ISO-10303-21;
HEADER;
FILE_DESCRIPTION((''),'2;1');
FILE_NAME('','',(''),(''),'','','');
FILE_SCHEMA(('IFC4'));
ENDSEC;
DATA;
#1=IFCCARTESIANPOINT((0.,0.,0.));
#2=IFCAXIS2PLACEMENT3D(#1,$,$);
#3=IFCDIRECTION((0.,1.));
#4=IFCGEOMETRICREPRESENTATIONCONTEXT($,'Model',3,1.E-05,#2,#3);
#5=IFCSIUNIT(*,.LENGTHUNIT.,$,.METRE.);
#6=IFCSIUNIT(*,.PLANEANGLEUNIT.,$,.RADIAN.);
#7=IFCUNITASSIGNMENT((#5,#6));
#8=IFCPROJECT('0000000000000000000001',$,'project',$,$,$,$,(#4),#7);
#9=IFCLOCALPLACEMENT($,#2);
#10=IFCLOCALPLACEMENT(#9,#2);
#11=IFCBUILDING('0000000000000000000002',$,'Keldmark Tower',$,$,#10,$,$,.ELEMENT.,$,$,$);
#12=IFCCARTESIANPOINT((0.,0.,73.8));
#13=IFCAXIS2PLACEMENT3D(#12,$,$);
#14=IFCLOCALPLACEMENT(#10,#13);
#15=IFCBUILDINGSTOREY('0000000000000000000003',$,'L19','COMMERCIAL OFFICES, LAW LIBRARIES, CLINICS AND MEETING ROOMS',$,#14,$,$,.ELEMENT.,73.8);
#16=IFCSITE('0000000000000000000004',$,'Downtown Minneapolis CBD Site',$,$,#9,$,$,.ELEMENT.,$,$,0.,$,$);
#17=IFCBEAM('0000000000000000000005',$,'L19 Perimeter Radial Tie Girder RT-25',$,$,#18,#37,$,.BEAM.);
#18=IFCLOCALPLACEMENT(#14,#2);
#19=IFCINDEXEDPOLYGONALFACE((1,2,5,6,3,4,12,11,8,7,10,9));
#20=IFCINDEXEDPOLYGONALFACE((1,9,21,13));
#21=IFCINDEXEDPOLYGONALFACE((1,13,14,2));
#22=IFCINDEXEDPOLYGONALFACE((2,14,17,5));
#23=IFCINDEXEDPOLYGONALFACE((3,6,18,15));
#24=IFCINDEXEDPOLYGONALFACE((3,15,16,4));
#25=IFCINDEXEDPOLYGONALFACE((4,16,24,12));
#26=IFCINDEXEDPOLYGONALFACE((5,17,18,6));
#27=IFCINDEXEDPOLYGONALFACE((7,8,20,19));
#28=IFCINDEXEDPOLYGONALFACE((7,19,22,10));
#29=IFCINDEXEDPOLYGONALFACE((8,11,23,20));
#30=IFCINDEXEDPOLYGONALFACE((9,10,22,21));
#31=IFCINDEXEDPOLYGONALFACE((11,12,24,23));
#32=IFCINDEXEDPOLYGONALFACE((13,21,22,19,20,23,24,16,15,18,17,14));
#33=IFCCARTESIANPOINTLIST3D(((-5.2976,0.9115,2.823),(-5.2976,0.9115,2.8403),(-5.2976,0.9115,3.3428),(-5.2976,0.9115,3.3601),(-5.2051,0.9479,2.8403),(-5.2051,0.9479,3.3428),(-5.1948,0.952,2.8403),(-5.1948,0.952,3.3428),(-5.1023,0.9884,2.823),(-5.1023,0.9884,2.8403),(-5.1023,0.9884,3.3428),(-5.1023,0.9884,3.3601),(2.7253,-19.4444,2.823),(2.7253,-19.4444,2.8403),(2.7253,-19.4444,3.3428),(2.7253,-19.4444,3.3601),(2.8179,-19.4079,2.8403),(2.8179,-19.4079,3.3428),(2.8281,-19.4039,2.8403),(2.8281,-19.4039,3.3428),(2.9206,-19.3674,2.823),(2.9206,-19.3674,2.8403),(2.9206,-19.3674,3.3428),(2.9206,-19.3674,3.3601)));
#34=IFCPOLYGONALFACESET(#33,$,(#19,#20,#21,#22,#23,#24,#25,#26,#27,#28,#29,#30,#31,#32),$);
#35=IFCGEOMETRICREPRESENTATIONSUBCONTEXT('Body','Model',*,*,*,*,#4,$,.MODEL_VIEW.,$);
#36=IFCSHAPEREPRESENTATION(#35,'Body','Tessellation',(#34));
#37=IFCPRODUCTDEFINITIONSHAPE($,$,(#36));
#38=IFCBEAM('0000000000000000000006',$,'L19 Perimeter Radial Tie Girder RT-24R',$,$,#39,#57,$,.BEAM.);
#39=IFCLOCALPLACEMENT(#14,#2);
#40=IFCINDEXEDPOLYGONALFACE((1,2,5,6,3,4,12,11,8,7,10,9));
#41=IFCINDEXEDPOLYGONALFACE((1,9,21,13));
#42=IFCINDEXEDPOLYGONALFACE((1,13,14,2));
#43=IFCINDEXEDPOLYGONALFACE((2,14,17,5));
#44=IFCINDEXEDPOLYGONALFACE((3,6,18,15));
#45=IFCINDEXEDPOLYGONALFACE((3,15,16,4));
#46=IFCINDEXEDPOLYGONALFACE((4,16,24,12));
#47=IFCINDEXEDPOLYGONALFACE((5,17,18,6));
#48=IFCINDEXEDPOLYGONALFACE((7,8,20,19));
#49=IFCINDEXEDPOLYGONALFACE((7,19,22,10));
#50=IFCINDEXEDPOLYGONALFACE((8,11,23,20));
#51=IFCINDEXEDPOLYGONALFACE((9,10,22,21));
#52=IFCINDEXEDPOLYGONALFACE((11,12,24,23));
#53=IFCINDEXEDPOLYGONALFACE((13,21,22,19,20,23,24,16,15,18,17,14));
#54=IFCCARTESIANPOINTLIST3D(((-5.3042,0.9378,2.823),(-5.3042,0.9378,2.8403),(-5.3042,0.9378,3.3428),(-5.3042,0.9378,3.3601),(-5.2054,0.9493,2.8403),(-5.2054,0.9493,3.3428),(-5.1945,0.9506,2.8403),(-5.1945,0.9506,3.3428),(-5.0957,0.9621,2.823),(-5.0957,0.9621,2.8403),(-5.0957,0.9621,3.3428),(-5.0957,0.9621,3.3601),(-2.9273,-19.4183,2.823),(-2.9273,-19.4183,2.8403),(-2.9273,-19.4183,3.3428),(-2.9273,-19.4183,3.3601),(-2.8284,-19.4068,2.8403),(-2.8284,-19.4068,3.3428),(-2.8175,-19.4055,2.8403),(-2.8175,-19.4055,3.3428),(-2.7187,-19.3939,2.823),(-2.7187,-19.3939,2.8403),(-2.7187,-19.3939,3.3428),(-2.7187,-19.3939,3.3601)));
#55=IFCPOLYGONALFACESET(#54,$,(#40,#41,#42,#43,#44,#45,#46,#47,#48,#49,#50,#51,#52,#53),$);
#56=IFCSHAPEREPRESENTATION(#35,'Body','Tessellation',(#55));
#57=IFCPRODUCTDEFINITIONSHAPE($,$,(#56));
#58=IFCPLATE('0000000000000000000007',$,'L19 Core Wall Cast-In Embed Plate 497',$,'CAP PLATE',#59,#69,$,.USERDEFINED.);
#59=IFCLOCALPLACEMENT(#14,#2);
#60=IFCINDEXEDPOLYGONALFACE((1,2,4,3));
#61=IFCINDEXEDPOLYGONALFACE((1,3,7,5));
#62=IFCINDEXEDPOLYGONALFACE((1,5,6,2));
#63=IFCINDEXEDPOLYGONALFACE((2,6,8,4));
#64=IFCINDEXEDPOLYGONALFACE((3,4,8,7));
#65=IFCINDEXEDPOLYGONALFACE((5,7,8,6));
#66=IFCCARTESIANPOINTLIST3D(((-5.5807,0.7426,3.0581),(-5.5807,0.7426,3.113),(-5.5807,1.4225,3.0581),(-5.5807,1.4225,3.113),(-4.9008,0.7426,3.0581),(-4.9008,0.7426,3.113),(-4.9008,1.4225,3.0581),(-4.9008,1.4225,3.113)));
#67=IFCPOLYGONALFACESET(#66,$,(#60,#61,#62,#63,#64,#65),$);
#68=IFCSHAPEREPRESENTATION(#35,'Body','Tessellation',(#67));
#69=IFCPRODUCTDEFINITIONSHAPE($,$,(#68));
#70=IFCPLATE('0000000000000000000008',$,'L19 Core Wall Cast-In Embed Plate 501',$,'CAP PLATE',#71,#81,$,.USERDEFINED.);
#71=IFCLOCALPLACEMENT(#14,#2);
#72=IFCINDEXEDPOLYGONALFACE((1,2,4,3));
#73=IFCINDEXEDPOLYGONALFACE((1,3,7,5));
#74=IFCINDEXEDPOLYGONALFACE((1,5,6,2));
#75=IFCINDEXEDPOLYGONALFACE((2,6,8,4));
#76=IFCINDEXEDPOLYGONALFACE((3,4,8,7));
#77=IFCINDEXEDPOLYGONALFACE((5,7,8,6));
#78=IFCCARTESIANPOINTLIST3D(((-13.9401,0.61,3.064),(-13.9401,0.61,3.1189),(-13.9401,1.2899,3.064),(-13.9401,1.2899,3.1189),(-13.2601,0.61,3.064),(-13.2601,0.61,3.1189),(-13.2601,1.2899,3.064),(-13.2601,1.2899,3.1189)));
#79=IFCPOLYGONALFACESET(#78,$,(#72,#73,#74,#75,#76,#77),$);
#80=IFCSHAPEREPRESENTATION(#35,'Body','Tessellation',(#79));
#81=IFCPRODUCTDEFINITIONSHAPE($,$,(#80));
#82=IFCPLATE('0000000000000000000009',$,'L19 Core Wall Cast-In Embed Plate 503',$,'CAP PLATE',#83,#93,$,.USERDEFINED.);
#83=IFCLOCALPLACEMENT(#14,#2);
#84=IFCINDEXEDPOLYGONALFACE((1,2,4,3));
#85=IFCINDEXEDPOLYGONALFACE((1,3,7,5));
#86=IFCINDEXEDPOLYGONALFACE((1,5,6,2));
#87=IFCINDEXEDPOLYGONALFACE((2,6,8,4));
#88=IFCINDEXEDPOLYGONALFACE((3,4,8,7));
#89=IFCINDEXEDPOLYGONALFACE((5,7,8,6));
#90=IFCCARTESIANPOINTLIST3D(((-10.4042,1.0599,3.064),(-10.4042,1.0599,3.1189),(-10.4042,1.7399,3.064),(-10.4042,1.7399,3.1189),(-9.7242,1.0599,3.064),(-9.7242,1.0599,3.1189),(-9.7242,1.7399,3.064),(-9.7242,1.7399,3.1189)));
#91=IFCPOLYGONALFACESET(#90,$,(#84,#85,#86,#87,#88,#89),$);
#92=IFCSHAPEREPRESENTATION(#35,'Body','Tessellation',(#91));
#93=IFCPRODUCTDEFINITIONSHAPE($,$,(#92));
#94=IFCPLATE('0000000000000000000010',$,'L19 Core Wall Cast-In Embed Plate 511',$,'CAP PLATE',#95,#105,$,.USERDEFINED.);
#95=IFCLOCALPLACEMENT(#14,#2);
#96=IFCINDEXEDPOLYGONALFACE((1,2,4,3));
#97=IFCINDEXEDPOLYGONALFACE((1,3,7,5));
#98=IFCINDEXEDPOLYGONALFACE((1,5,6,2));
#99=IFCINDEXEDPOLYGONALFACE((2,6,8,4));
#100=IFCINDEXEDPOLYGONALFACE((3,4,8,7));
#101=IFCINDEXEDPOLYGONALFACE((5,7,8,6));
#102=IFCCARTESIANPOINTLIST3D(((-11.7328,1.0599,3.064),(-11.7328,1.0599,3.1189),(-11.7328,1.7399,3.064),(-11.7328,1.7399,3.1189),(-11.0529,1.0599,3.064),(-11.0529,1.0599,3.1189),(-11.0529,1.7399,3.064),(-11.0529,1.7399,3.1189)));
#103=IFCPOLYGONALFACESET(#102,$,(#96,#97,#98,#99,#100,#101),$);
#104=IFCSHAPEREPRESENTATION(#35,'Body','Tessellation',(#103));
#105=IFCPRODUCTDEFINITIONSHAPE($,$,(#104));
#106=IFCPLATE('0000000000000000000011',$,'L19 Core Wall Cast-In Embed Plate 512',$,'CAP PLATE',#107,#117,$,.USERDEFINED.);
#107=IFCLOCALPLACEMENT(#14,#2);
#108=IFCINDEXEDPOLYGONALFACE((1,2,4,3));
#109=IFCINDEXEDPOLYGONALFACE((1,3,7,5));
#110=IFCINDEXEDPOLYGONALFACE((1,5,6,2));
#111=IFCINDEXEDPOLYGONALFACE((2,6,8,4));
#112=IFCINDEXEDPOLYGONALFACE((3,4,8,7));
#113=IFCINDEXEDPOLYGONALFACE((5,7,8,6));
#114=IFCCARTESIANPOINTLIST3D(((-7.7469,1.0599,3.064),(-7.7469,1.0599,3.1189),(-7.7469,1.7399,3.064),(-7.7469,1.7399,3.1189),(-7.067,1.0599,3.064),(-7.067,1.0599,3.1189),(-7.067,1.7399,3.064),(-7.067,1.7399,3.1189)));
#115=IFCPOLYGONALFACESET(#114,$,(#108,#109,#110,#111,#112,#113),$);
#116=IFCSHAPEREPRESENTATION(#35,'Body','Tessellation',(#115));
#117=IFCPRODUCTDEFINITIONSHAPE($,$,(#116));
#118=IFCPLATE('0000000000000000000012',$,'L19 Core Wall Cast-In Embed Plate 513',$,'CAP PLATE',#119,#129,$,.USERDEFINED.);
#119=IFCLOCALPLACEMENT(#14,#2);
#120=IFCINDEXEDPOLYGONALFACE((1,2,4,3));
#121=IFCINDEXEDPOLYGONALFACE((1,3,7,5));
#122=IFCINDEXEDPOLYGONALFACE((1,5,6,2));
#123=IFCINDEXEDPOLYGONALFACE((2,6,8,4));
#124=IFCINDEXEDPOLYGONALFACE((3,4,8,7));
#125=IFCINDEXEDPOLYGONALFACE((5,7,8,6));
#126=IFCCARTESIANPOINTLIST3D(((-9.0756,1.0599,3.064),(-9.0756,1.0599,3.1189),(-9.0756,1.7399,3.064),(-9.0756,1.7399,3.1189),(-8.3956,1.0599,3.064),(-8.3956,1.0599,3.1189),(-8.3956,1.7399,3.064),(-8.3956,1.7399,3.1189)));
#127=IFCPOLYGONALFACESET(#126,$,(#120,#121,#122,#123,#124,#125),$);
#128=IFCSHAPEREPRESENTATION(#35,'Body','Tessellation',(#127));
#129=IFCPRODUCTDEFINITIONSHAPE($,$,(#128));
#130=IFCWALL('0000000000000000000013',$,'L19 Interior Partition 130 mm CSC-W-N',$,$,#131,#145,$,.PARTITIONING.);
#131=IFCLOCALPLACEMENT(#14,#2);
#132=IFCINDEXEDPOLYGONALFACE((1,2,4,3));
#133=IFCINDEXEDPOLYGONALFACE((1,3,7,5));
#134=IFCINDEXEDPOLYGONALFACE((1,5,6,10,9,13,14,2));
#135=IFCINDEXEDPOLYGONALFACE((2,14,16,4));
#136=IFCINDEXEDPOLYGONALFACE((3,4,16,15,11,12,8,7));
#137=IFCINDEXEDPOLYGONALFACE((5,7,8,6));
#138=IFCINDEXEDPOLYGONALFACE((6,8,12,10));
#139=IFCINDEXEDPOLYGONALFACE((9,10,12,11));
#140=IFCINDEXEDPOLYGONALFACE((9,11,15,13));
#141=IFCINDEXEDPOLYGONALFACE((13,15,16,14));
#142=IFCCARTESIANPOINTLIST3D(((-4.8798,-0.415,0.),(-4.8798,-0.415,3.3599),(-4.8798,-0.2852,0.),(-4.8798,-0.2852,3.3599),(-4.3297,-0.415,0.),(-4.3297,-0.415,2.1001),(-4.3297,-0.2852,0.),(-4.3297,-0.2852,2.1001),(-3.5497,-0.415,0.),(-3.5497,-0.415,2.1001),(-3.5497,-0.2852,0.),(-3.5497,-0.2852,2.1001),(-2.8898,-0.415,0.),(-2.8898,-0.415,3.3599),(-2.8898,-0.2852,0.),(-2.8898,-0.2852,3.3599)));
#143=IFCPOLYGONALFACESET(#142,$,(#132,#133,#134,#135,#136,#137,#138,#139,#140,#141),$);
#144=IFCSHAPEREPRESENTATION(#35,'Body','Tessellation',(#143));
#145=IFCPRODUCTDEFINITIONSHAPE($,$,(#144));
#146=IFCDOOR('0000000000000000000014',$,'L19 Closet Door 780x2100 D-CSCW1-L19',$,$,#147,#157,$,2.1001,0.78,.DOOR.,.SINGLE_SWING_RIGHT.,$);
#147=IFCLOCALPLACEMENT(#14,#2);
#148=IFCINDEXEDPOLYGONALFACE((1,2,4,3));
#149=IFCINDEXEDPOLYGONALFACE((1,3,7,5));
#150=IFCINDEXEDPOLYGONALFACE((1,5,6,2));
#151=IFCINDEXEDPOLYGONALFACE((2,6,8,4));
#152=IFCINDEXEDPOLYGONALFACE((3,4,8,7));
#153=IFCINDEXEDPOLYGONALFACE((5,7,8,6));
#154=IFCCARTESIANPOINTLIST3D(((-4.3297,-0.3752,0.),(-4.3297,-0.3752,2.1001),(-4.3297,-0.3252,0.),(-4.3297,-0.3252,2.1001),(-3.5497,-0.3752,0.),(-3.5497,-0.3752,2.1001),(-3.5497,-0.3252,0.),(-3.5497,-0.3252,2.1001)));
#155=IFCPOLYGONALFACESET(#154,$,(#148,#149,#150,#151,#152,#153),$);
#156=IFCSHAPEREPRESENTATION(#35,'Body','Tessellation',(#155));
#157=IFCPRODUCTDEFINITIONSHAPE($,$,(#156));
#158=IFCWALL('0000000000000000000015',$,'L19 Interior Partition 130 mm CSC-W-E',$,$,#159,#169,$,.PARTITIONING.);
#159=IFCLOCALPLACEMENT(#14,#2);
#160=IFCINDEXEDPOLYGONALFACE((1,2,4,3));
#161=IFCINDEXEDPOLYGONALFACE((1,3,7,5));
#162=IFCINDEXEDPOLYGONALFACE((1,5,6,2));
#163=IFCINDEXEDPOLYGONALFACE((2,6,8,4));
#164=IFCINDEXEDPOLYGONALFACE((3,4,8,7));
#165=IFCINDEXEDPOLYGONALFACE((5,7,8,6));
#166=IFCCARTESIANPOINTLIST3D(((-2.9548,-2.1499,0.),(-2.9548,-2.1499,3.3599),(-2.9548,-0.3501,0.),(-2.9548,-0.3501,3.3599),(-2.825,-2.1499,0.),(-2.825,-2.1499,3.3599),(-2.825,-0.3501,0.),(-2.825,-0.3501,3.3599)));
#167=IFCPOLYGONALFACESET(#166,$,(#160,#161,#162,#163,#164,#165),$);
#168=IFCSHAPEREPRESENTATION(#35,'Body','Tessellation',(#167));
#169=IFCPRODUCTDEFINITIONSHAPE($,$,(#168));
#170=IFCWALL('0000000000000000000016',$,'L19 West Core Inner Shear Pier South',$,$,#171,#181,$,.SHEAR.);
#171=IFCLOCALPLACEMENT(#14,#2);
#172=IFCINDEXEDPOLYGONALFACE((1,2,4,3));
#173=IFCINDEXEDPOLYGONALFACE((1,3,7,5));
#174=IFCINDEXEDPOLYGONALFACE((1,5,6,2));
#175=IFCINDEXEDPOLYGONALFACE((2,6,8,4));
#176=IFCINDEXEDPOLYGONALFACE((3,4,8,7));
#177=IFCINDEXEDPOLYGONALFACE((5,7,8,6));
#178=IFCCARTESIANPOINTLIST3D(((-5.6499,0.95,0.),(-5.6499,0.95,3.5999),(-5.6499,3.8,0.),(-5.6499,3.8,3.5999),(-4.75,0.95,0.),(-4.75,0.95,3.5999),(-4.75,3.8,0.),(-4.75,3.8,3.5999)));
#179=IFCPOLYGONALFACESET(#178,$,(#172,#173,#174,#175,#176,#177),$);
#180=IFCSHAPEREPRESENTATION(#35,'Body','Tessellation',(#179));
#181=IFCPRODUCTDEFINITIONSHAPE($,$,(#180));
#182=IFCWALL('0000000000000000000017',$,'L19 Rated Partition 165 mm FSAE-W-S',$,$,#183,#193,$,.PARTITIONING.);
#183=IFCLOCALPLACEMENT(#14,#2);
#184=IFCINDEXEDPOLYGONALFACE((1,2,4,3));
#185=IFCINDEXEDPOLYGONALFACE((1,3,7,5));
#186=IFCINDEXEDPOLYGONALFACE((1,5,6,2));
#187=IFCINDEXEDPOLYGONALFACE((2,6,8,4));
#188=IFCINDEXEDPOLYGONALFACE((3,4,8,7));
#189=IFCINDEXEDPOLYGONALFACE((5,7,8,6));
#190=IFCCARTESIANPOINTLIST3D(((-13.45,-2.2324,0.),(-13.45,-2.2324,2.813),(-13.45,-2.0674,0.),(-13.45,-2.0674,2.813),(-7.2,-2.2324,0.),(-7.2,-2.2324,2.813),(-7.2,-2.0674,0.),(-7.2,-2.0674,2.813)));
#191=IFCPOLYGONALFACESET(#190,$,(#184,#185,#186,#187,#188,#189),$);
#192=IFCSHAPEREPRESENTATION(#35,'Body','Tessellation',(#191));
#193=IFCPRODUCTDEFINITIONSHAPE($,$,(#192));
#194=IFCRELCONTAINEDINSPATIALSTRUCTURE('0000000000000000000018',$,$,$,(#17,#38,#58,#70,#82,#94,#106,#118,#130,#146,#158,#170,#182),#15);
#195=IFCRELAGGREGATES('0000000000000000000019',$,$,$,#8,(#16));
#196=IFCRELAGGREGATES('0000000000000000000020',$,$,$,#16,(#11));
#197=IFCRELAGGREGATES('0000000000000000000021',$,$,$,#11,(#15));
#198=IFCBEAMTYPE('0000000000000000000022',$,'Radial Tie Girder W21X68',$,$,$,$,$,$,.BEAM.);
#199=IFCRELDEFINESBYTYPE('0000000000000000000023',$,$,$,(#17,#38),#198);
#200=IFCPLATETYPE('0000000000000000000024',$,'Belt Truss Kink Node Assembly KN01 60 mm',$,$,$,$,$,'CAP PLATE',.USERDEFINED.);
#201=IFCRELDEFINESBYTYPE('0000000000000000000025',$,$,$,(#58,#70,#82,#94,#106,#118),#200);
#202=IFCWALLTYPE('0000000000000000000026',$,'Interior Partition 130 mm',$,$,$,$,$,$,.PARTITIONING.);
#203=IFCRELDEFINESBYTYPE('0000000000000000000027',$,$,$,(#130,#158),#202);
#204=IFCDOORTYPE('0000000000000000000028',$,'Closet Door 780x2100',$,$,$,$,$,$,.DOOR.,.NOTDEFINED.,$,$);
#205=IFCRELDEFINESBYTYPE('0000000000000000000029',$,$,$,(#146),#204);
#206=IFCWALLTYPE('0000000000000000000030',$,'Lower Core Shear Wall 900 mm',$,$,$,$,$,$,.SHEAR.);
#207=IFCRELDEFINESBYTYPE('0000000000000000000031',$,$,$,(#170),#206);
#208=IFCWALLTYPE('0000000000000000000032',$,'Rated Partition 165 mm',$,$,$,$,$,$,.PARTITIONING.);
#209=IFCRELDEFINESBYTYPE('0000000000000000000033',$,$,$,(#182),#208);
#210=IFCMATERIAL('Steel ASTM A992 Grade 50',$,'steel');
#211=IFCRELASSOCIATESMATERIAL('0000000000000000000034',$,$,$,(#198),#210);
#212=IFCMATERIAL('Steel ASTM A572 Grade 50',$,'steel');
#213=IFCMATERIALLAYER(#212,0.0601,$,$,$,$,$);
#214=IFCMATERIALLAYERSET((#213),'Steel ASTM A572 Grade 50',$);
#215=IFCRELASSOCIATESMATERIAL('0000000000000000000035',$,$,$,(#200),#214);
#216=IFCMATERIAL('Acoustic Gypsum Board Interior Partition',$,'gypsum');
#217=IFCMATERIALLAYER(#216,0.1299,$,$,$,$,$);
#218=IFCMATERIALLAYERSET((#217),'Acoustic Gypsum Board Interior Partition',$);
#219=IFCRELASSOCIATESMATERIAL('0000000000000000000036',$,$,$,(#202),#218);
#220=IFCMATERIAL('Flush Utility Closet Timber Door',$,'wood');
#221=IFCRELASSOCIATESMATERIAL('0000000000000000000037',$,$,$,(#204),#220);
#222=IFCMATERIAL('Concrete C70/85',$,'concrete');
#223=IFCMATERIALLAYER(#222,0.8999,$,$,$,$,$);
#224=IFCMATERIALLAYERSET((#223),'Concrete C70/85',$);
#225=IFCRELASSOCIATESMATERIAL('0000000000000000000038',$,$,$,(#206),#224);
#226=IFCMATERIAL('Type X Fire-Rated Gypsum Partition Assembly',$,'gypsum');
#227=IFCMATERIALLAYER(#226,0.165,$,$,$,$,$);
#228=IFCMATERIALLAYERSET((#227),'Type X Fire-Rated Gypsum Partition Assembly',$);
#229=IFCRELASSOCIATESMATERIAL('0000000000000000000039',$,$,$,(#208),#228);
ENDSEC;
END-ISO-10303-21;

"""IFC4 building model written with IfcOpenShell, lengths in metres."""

from ifc_helpers import new_model, si_unit, direction, frame, frame_2d, origin, origin_2d, place, context, subcontext, project, spatial, rectangle, i_section, extrude, material, layer, layer_set, material_profile, profile_set, type_object, element, fill, save


model = new_model("IFC4")

# Units and contexts
model_context = context("Model", 3, precision=1e-05, world=origin(), true_north=direction((0.0, 1.0)))
body_context = subcontext(model_context, "Body", "Model", "MODEL_VIEW")
ifc_project = project(units=[si_unit("LENGTHUNIT", "METRE"), si_unit("PLANEANGLEUNIT", "RADIAN")], contexts=[model_context])

# Site, building, storey
site_placement = place(None, origin())
site = spatial("IfcSite", under=ifc_project, at=site_placement, Name="Downtown Minneapolis CBD Site", CompositionType="ELEMENT", RefElevation=0.0)
building_placement = place(site_placement, origin())
building = spatial("IfcBuilding", under=site, at=building_placement, Name="Keldmark Tower", CompositionType="ELEMENT")
storey_placement = place(building_placement, frame((0.0, 0.0, 73.8)))
storey = spatial("IfcBuildingStorey", under=building, at=storey_placement, Name="L19", Description="COMMERCIAL OFFICES, LAW LIBRARIES, CLINICS AND MEETING ROOMS", CompositionType="ELEMENT", Elevation=73.8)

# Beams
ifc_material_1 = material(Name="Steel ASTM A992 Grade 50", Category="steel")
ifc_material_profile_1 = material_profile(ifc_material_1, i_section(OverallWidth=0.21, OverallDepth=0.5371, WebThickness=0.011, FlangeThickness=0.0173, at=origin_2d()), Name="W21X68")
ifc_profile_set_1 = profile_set([ifc_material_profile_1], Name="Steel ASTM A992 Grade 50")
beam_type_1 = type_object("IfcBeamType", Name="Radial Tie Girder W21X68", PredefinedType="BEAM", material=ifc_profile_set_1)
beam_1_placement = place(storey_placement, frame((-5.2, 0.95, 3.0916), z_axis=(0.36668, -0.930347, 0.0), x_axis=(0.930347, 0.36668, 0.0)))
element("IfcBeam", 1, at=beam_1_placement, inside=storey, type_object=beam_type_1, Name="L19 Perimeter Radial Tie Girder RT-25", PredefinedType="BEAM", context=body_context, shape_type="SweptSolid", body=[
    extrude(i_section(OverallWidth=0.21, OverallDepth=0.5371, WebThickness=0.011, FlangeThickness=0.0173, at=origin_2d()), origin(), (0.0, 0.0, 1.0), 21.8799),
])
beam_2_placement = place(storey_placement, frame((-5.2, 0.95, 3.0916), z_axis=(0.115981, -0.993251, 0.0), x_axis=(0.993251, 0.115981, 0.0)))
element("IfcBeam", 2, at=beam_2_placement, inside=storey, type_object=beam_type_1, Name="L19 Perimeter Radial Tie Girder RT-24R", PredefinedType="BEAM", context=body_context, shape_type="SweptSolid", body=[
    extrude(i_section(OverallWidth=0.21, OverallDepth=0.5371, WebThickness=0.011, FlangeThickness=0.0173, at=origin_2d()), origin(), (0.0, 0.0, 1.0), 20.4944),
])

# Plates
ifc_material_2 = material(Name="Steel ASTM A572 Grade 50", Category="steel")
ifc_layer_1 = layer(ifc_material_2, 0.0601)
ifc_layer_set_1 = layer_set([ifc_layer_1], Name="Steel ASTM A572 Grade 50")
plate_type = type_object("IfcPlateType", Name="Belt Truss Kink Node Assembly KN01 60 mm", ElementType="CAP PLATE", PredefinedType="USERDEFINED", material=ifc_layer_set_1)
for number, where, z_axis, x_axis, name in (
    (3, (-5.2407, 1.0825, 3.0581), (0.0, 0.0, 1.0), (1.0, 0.0, 0.0), "L19 Core Wall Cast-In Embed Plate 497"),
    (4, (-13.6001, 0.95, 3.064), (0.0, 0.0, 1.0), (1.0, 0.0, 0.0), "L19 Core Wall Cast-In Embed Plate 501"),
    (5, (-10.0642, 1.3999, 3.064), (0.0, 0.0, 1.0), (1.0, 0.0, 0.0), "L19 Core Wall Cast-In Embed Plate 503"),
    (6, (-11.3928, 1.3999, 3.064), (0.0, 0.0, 1.0), (1.0, 0.0, 0.0), "L19 Core Wall Cast-In Embed Plate 511"),
    (7, (-7.407, 1.3999, 3.064), (0.0, 0.0, 1.0), (1.0, 0.0, 0.0), "L19 Core Wall Cast-In Embed Plate 512"),
    (8, (-8.7356, 1.3999, 3.064), (0.0, 0.0, 1.0), (1.0, 0.0, 0.0), "L19 Core Wall Cast-In Embed Plate 513"),
):
    element("IfcPlate", number, at=place(storey_placement, frame(where, z_axis=z_axis, x_axis=x_axis)), inside=storey, type_object=plate_type, Name=name, ObjectType="CAP PLATE", PredefinedType="USERDEFINED", context=body_context, shape_type="SweptSolid", body=[
        extrude(rectangle(XDim=0.6799, YDim=0.6799, at=origin_2d()), origin(), (0.0, 0.0, 1.0), 0.0549),
    ])

# Wall, opening, door
ifc_material_3 = material(Name="Acoustic Gypsum Board Interior Partition", Category="gypsum")
ifc_layer_2 = layer(ifc_material_3, 0.1299)
ifc_layer_set_2 = layer_set([ifc_layer_2], Name="Acoustic Gypsum Board Interior Partition")
wall_type_1 = type_object("IfcWallType", Name="Interior Partition 130 mm", PredefinedType="PARTITIONING", material=ifc_layer_set_2)
wall_1_placement = place(storey_placement, frame((-4.8799, -0.3501, 0.0), z_axis=(0.0, 0.0, 1.0), x_axis=(1.0, 0.0, 0.0)))
wall_1 = element("IfcWall", 9, at=wall_1_placement, inside=storey, type_object=wall_type_1, Name="L19 Interior Partition 130 mm CSC-W-N", PredefinedType="PARTITIONING", context=body_context, shape_type="SweptSolid", body=[
    extrude(rectangle(XDim=1.99, YDim=0.1299, at=frame_2d((0.9951, 0.0))), origin(), (0.0, 0.0, 1.0), 3.3599),
])
opening_1_placement = place(wall_1_placement, frame((0.55, 0.0, 0.0)))
opening_1 = element("IfcOpeningElement", 10, at=opening_1_placement, cuts=wall_1, PredefinedType="OPENING", context=body_context, shape_type="SweptSolid", body=[
    extrude(rectangle(XDim=0.78, YDim=2.1001, at=frame_2d((0.3901, 1.05))), frame((0.0, 0.075, 0.0), z_axis=(0.0, -1.0, 0.0), x_axis=(1.0, 0.0, 0.0)), (0.0, 0.0, 1.0), 0.1499),
])
ifc_material_4 = material(Name="Flush Utility Closet Timber Door", Category="wood")
door_type_1 = type_object("IfcDoorType", Name="Closet Door 780x2100", OperationType="NOTDEFINED", PredefinedType="DOOR", material=ifc_material_4)
door_1_placement = place(opening_1_placement, origin())
door_1 = element("IfcDoor", 11, at=door_1_placement, inside=storey, type_object=door_type_1, Name="L19 Closet Door 780x2100 D-CSCW1-L19", OperationType="SINGLE_SWING_RIGHT", OverallHeight=2.1001, OverallWidth=0.78, PredefinedType="DOOR", context=body_context, shape_type="SweptSolid", body=[
    extrude(rectangle(XDim=0.78, YDim=2.1001, at=frame_2d((0.3901, 1.05))), frame((0.0, 0.0249, 0.0), z_axis=(0.0, -1.0, 0.0), x_axis=(1.0, 0.0, 0.0)), (0.0, 0.0, 1.0), 0.05),
])
fill(opening_1, door_1)

# Wall
wall_2_placement = place(storey_placement, frame((-2.8899, -2.1499, 0.0), z_axis=(0.0, 0.0, 1.0), x_axis=(0.0, 1.0, 0.0)))
element("IfcWall", 12, at=wall_2_placement, inside=storey, type_object=wall_type_1, Name="L19 Interior Partition 130 mm CSC-W-E", PredefinedType="PARTITIONING", context=body_context, shape_type="SweptSolid", body=[
    extrude(rectangle(XDim=1.7998, YDim=0.1299, at=frame_2d((0.8999, 0.0))), origin(), (0.0, 0.0, 1.0), 3.3599),
])

# Shared definitions
ifc_material_5 = material(Name="Concrete C70/85", Category="concrete")
ifc_layer_3 = layer(ifc_material_5, 0.8999)
ifc_layer_set_3 = layer_set([ifc_layer_3], Name="Concrete C70/85")
wall_type_2 = type_object("IfcWallType", Name="Lower Core Shear Wall 900 mm", PredefinedType="SHEAR", material=ifc_layer_set_3)

# Walls
wall_3_placement = place(storey_placement, frame((-5.2, 0.95, 0.0), z_axis=(0.0, 0.0, 1.0), x_axis=(0.0, 1.0, 0.0)))
element("IfcWall", 13, at=wall_3_placement, inside=storey, type_object=wall_type_2, Name="L19 West Core Inner Shear Pier South", PredefinedType="SHEAR", context=body_context, shape_type="SweptSolid", body=[
    extrude(rectangle(XDim=2.8501, YDim=0.8999, at=frame_2d((1.425, 0.0))), origin(), (0.0, 0.0, 1.0), 3.5999),
])
ifc_material_6 = material(Name="Type X Fire-Rated Gypsum Partition Assembly", Category="gypsum")
ifc_layer_4 = layer(ifc_material_6, 0.165)
ifc_layer_set_4 = layer_set([ifc_layer_4], Name="Type X Fire-Rated Gypsum Partition Assembly")
wall_type_3 = type_object("IfcWallType", Name="Rated Partition 165 mm", PredefinedType="PARTITIONING", material=ifc_layer_set_4)
wall_4_placement = place(storey_placement, frame((-13.45, -2.1499, 0.0), z_axis=(0.0, 0.0, 1.0), x_axis=(1.0, 0.0, 0.0)))
element("IfcWall", 14, at=wall_4_placement, inside=storey, type_object=wall_type_3, Name="L19 Rated Partition 165 mm FSAE-W-S", PredefinedType="PARTITIONING", context=body_context, shape_type="SweptSolid", body=[
    extrude(rectangle(XDim=6.25, YDim=0.165, at=frame_2d((3.125, 0.0))), origin(), (0.0, 0.0, 1.0), 2.813),
])

save(model, "model.ifc")
